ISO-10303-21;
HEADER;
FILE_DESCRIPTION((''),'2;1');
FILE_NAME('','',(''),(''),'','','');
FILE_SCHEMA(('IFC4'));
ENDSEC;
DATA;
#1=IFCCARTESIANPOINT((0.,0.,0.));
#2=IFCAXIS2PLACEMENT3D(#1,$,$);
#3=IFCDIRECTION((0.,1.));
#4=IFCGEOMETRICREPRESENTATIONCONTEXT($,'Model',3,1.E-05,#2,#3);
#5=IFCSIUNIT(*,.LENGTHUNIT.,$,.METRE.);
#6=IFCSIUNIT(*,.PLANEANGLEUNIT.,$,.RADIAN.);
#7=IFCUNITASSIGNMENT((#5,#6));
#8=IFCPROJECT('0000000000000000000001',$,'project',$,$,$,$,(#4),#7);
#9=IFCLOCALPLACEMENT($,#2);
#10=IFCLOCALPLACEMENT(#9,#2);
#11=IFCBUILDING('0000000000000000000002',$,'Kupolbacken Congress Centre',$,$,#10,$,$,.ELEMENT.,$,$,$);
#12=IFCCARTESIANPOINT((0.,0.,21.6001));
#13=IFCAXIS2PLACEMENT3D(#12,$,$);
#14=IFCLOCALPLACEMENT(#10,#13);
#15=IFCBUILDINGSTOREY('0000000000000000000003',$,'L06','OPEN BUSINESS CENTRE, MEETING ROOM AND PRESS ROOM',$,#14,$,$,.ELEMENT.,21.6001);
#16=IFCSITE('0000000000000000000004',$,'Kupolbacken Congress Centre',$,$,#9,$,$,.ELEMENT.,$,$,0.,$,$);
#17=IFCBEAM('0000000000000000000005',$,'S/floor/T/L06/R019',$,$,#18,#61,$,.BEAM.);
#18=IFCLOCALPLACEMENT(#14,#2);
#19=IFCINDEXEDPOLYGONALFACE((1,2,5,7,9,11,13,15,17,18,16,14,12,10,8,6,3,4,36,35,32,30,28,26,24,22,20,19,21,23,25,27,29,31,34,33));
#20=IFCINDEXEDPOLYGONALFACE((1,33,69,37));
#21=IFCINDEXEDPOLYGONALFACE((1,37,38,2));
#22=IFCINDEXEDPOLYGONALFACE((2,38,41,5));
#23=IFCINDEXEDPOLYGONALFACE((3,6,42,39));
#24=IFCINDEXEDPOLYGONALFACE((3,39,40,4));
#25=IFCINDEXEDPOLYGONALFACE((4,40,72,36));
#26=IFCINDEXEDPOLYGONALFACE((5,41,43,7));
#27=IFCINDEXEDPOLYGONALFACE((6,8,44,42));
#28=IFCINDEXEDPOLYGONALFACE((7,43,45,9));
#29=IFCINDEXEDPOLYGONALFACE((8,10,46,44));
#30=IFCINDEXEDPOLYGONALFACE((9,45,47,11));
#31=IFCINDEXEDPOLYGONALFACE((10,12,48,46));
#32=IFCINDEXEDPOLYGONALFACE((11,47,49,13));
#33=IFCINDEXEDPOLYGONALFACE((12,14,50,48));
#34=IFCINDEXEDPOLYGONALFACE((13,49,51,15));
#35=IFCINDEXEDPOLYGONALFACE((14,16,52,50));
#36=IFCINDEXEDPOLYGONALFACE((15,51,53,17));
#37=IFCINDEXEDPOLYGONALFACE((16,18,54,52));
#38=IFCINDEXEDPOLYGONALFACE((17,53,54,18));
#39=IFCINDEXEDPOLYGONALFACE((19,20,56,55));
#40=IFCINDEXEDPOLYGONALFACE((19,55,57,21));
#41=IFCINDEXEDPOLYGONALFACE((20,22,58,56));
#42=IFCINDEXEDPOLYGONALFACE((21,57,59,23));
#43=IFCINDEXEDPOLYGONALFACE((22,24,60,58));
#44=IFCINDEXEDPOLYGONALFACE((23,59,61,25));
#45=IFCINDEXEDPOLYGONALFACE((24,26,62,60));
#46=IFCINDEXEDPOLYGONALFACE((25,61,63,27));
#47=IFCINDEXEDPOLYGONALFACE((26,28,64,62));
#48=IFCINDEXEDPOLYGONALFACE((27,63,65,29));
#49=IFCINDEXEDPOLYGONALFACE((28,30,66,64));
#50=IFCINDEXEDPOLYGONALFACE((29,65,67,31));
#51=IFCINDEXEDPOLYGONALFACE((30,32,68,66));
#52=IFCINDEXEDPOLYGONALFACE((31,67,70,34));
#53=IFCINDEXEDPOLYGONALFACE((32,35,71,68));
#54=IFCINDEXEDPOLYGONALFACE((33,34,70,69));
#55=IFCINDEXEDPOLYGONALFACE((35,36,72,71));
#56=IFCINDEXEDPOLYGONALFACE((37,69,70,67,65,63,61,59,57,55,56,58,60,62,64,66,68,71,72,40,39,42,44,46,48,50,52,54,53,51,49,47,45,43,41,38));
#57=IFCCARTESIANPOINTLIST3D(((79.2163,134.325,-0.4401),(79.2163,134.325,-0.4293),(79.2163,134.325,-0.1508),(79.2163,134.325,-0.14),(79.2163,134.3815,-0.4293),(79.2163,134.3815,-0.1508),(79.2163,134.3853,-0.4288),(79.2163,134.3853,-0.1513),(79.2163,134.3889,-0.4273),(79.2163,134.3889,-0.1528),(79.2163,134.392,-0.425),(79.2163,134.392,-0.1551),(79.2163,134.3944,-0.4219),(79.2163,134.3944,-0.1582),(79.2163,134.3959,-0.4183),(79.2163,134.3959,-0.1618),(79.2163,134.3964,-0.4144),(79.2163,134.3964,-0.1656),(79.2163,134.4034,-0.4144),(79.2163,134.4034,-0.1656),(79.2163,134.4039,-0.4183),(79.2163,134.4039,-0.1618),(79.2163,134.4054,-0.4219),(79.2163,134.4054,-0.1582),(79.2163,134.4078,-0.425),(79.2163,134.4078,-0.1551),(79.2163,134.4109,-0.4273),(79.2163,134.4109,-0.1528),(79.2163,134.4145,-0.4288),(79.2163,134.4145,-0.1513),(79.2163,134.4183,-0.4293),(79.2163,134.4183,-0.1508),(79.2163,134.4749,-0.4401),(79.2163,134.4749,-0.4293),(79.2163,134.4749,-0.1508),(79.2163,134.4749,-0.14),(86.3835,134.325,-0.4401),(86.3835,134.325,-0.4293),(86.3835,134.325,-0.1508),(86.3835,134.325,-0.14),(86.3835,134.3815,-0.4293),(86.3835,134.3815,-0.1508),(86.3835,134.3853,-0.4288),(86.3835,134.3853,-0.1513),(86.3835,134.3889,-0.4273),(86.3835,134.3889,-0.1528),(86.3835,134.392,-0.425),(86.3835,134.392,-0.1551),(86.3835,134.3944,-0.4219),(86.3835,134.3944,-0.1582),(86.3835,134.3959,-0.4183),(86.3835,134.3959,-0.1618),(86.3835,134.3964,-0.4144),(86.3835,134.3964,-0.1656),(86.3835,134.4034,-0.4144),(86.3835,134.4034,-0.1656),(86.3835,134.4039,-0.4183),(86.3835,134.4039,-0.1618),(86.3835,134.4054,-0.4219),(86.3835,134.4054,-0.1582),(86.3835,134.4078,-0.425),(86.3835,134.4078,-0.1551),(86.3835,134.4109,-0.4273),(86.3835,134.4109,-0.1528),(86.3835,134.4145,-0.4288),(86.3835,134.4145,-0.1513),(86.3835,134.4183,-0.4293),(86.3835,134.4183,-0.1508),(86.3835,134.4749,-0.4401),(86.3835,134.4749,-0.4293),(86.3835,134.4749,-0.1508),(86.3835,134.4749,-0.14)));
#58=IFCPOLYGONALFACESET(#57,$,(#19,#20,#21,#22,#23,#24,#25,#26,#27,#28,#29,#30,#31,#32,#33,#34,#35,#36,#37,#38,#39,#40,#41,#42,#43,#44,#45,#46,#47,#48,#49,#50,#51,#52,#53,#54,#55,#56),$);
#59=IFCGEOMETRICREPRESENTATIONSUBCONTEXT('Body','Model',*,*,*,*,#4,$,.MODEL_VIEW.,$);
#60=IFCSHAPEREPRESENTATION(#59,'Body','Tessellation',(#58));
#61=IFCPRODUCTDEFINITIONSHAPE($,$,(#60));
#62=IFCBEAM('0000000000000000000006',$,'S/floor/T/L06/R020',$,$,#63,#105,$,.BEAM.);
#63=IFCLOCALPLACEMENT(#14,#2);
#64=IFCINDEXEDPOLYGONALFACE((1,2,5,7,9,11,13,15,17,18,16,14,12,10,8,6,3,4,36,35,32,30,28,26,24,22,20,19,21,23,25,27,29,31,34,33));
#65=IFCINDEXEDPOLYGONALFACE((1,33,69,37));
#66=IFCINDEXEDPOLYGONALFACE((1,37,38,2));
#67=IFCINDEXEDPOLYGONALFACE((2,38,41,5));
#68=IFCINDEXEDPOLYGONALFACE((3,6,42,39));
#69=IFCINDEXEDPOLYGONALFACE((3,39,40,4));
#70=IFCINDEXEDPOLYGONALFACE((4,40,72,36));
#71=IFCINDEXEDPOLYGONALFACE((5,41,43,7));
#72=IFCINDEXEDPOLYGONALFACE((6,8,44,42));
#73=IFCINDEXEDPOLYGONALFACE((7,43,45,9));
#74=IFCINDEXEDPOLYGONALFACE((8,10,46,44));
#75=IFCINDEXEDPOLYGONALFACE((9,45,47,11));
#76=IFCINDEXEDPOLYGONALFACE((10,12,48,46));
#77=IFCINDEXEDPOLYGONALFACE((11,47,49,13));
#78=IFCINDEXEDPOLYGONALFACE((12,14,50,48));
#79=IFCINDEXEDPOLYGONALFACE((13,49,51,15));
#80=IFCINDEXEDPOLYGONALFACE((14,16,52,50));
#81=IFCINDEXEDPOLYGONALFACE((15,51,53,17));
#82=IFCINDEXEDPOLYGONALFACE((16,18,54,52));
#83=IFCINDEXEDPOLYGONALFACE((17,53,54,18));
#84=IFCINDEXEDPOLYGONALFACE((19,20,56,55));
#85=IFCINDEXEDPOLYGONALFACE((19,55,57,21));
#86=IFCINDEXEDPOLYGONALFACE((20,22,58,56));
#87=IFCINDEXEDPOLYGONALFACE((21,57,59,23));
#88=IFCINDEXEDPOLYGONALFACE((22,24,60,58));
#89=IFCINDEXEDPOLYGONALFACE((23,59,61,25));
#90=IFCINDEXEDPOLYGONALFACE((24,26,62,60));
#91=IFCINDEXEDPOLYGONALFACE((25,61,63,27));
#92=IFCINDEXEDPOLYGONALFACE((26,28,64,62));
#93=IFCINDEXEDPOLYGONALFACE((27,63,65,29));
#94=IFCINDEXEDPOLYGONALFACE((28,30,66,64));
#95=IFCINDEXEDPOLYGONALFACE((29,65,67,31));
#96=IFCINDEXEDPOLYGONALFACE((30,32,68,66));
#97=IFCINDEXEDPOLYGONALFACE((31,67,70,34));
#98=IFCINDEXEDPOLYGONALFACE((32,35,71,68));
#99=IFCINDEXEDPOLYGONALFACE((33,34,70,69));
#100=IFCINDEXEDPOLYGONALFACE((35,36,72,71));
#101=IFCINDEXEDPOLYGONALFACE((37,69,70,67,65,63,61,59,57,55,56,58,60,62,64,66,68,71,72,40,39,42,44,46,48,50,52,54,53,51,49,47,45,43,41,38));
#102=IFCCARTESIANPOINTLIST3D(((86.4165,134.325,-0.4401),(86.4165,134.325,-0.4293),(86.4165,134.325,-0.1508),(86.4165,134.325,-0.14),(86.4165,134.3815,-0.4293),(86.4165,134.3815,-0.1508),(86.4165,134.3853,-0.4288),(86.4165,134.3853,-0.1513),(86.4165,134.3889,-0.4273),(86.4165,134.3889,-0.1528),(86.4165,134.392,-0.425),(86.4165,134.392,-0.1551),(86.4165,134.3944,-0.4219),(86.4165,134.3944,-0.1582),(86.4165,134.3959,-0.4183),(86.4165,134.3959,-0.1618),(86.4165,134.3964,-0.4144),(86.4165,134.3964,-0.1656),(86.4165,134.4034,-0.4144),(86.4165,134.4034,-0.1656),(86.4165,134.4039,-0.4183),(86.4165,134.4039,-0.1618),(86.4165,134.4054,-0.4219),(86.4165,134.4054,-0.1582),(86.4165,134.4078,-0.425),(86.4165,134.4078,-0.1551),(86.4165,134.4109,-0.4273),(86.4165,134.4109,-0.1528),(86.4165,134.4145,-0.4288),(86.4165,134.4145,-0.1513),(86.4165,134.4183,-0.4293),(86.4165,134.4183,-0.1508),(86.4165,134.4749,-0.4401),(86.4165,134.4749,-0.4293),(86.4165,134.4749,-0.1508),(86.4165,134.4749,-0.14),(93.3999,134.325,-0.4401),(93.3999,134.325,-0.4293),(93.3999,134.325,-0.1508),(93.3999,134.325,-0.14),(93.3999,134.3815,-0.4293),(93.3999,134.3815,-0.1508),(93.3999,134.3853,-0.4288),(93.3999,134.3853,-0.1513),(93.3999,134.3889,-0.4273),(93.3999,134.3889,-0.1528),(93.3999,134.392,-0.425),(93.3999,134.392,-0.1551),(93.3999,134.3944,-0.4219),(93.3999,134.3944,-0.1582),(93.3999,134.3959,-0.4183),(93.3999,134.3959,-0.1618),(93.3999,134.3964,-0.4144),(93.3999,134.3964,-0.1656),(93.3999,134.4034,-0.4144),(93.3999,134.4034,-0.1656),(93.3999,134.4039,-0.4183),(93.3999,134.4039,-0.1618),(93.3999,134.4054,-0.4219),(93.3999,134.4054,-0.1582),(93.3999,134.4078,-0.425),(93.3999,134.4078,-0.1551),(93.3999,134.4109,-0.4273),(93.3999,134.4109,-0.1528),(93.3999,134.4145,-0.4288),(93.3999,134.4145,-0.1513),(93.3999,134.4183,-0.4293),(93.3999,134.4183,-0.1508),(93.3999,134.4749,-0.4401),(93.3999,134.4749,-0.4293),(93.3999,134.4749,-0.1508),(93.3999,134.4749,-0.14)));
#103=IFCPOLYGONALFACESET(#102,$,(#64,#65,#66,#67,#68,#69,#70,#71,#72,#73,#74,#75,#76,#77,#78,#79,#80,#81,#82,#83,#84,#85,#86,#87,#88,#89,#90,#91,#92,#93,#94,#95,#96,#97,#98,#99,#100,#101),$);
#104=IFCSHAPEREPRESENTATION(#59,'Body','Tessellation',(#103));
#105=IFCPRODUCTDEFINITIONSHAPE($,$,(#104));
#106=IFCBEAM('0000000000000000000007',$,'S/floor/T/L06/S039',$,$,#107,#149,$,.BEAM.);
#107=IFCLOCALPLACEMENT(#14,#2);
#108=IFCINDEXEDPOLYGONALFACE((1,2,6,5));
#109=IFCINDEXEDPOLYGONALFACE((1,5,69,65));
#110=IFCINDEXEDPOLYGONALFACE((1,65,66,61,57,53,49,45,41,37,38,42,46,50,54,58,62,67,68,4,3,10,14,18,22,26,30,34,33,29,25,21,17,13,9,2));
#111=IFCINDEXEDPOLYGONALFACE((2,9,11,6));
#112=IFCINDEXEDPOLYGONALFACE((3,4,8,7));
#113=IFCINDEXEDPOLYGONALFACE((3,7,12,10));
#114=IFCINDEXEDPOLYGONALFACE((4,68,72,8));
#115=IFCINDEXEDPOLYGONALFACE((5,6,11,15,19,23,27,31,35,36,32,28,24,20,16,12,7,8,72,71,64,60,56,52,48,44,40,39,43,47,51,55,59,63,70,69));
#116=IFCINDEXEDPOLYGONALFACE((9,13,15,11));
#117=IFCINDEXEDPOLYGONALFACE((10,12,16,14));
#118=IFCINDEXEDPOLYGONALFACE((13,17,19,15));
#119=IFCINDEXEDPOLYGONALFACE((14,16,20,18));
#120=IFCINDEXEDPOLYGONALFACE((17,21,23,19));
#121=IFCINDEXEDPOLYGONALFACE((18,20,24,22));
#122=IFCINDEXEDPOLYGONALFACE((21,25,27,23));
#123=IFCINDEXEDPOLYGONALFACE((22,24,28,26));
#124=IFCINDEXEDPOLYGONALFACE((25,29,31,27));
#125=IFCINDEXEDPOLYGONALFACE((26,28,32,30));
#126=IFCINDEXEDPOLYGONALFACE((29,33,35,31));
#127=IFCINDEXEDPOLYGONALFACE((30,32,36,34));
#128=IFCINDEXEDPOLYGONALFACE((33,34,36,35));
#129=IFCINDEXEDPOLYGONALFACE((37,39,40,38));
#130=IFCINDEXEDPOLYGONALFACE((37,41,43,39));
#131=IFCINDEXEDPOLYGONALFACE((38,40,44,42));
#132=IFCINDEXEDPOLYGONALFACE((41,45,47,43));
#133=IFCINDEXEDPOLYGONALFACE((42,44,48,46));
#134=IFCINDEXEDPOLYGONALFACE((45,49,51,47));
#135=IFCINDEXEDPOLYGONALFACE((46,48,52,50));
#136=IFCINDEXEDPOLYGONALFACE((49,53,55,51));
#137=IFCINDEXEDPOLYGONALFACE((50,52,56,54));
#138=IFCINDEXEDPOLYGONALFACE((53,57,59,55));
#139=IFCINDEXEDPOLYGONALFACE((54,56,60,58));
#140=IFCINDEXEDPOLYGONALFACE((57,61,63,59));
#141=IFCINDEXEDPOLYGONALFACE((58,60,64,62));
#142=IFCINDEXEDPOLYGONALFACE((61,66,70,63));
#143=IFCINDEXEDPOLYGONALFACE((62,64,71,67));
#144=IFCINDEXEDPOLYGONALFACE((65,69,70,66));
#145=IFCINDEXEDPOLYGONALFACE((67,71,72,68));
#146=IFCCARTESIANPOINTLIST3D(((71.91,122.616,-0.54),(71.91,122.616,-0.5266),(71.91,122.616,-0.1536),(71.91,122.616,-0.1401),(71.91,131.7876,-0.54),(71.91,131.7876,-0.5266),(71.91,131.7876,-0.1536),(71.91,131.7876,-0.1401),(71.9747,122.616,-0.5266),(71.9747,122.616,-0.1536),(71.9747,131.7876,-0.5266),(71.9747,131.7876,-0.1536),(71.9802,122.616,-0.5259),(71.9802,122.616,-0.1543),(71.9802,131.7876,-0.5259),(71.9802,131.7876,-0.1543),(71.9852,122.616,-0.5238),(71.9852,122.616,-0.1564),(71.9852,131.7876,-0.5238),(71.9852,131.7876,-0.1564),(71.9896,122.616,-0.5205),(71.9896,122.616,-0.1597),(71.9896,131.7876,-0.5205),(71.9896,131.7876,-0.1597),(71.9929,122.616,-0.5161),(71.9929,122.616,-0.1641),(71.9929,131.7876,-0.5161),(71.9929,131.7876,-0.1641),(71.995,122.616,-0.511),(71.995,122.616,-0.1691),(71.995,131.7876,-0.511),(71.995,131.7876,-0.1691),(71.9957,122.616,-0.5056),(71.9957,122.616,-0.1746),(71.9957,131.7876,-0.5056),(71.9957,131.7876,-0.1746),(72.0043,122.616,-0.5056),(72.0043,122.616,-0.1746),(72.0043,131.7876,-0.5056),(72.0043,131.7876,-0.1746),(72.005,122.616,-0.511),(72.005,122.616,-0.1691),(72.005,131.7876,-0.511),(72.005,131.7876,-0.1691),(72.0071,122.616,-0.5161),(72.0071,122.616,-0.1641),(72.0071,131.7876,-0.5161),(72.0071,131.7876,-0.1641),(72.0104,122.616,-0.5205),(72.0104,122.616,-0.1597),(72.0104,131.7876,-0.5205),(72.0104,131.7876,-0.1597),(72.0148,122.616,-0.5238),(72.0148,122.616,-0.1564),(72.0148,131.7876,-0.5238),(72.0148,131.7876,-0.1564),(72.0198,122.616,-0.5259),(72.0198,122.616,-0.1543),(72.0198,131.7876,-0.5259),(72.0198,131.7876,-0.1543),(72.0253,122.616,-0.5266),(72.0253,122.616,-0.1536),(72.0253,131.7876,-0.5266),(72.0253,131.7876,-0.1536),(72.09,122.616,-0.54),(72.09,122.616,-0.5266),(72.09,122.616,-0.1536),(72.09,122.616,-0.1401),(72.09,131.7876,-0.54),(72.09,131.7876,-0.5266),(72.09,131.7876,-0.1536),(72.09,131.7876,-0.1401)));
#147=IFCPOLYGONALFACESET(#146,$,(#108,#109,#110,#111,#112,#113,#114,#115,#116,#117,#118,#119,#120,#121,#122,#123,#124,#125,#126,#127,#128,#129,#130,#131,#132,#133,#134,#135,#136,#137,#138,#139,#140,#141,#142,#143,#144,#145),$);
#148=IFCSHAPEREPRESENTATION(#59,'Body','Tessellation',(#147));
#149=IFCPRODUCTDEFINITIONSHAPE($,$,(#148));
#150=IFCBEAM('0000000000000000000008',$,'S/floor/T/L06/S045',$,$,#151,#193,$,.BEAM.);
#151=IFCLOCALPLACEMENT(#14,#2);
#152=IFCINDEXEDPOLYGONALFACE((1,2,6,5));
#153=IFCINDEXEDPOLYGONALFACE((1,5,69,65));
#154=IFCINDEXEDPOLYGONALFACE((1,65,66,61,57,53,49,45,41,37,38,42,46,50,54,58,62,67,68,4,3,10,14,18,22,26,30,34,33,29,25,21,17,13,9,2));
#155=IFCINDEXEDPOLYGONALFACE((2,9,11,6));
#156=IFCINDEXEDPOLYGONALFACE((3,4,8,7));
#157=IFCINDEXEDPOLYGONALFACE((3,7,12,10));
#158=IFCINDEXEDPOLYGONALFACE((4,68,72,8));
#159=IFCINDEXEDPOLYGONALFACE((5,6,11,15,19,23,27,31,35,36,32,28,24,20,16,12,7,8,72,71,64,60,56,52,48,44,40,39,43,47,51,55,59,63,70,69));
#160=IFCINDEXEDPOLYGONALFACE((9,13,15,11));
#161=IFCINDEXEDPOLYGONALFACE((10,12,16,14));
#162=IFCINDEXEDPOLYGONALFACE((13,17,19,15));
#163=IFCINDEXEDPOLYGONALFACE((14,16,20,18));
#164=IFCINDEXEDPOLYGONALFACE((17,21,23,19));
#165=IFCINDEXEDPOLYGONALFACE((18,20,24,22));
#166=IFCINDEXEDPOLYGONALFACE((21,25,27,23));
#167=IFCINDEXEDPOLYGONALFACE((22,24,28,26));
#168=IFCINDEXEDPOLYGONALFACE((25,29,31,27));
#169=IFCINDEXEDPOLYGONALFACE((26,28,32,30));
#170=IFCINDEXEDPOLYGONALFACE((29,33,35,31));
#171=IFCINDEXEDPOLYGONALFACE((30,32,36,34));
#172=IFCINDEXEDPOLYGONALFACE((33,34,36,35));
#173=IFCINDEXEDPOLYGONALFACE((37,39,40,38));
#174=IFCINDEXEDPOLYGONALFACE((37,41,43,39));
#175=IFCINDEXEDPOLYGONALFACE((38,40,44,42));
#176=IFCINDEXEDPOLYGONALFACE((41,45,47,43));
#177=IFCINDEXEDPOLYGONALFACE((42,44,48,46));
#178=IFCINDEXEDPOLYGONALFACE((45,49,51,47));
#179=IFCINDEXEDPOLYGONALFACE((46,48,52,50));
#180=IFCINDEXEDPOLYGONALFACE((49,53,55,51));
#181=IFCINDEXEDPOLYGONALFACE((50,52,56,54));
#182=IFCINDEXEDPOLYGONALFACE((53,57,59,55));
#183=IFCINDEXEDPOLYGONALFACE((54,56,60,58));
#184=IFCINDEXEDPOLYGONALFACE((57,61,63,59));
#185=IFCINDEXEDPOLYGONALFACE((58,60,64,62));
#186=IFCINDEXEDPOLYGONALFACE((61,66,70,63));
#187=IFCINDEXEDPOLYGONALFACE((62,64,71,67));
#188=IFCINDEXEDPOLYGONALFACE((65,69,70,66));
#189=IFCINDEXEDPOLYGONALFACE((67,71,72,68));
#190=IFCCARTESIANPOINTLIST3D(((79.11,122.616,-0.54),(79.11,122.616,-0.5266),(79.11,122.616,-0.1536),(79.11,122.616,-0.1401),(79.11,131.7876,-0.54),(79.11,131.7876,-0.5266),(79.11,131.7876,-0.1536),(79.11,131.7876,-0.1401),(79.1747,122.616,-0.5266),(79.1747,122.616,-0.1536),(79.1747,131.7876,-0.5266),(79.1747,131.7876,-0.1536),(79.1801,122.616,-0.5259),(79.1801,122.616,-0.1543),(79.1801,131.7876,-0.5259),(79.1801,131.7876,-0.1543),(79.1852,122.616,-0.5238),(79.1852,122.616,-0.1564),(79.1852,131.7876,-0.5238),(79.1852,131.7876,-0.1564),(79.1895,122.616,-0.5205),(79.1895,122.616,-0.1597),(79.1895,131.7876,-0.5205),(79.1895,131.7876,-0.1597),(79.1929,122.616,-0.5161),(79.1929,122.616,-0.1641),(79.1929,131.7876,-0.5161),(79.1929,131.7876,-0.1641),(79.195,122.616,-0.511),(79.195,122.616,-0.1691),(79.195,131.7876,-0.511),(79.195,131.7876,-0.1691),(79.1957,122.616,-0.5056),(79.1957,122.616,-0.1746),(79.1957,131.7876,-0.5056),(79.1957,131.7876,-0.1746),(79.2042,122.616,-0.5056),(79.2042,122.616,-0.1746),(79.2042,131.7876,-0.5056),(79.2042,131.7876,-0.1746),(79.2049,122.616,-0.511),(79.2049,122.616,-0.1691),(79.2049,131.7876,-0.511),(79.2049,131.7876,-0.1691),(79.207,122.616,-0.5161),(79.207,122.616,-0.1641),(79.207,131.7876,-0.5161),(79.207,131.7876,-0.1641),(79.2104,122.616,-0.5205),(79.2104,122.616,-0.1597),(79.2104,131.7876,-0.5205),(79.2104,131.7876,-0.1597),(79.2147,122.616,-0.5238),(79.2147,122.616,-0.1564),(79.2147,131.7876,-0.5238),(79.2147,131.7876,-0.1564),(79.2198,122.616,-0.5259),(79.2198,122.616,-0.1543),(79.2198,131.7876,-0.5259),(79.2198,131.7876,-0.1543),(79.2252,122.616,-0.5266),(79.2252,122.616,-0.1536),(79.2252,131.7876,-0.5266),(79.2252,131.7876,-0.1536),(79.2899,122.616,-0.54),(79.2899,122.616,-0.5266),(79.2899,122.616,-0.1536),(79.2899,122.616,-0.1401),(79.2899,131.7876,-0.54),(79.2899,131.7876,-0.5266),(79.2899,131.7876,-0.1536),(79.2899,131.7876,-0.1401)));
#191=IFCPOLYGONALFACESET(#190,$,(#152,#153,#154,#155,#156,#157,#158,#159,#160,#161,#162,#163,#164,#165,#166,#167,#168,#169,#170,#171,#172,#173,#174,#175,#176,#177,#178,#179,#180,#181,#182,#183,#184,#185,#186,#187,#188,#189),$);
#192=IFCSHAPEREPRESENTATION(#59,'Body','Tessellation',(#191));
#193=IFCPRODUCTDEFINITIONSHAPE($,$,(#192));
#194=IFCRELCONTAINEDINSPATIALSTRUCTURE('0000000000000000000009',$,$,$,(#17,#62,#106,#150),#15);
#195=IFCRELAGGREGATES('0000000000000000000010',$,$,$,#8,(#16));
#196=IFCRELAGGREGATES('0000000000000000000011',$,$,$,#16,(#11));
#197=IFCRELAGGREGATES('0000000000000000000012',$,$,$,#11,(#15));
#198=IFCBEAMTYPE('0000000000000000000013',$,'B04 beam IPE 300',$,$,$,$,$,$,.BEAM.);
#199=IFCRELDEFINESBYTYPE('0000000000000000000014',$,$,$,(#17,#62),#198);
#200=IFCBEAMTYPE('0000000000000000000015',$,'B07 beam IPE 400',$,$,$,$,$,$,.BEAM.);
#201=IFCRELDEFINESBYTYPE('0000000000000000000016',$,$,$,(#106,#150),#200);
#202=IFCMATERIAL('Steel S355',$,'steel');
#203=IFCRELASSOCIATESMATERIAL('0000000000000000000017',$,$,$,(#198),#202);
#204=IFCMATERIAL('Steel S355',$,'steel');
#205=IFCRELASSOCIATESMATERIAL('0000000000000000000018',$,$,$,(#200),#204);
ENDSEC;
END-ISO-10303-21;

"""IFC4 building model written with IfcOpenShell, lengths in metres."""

from ifc_helpers import new_model, si_unit, direction, frame, origin, origin_2d, place, context, subcontext, project, spatial, i_section, extrude, material, material_profile, profile_set, type_object, element, save


model = new_model("IFC4")

# Units and contexts
model_context = context("Model", 3, precision=1e-05, world=origin(), true_north=direction((0.0, 1.0)))
body_context = subcontext(model_context, "Body", "Model", "MODEL_VIEW")
ifc_project = project(units=[si_unit("LENGTHUNIT", "METRE"), si_unit("PLANEANGLEUNIT", "RADIAN")], contexts=[model_context])

# Site, building, storey
site_placement = place(None, origin())
site = spatial("IfcSite", under=ifc_project, at=site_placement, Name="Kupolbacken Congress Centre", CompositionType="ELEMENT", RefElevation=0.0)
building_placement = place(site_placement, origin())
building = spatial("IfcBuilding", under=site, at=building_placement, Name="Kupolbacken Congress Centre", CompositionType="ELEMENT")
storey_placement = place(building_placement, frame((0.0, 0.0, 21.6001)))
storey = spatial("IfcBuildingStorey", under=building, at=storey_placement, Name="L06", Description="OPEN BUSINESS CENTRE, MEETING ROOM AND PRESS ROOM", CompositionType="ELEMENT", Elevation=21.6001)

# Beams
ifc_material_1 = material(Name="Steel S355", Category="steel")
ifc_material_profile_1 = material_profile(ifc_material_1, i_section(OverallWidth=0.1499, OverallDepth=0.3, WebThickness=0.0071, FlangeThickness=0.0107, FilletRadius=0.0149, at=origin_2d()), Name="IPE 300")
ifc_profile_set_1 = profile_set([ifc_material_profile_1], Name="Steel S355")
beam_type_1 = type_object("IfcBeamType", Name="B04 beam IPE 300", PredefinedType="BEAM", material=ifc_profile_set_1)
for number, where, z_axis, x_axis, name in (
    (1, (79.2163, 134.3999, -0.29), (1.0, 0.0, 0.0), (0.0, 1.0, 0.0), "S/floor/T/L06/R019"),
):
    element("IfcBeam", number, at=place(storey_placement, frame(where, z_axis=z_axis, x_axis=x_axis)), inside=storey, type_object=beam_type_1, Name=name, PredefinedType="BEAM", context=body_context, shape_type="SweptSolid", body=[
        extrude(i_section(OverallWidth=0.1499, OverallDepth=0.3, WebThickness=0.0071, FlangeThickness=0.0107, FilletRadius=0.0149, at=origin_2d()), origin(), (0.0, 0.0, 1.0), 7.1672),
    ])
beam_1_placement = place(storey_placement, frame((86.4165, 134.3999, -0.29), z_axis=(1.0, 0.0, 0.0), x_axis=(0.0, 1.0, 0.0)))
element("IfcBeam", 2, at=beam_1_placement, inside=storey, type_object=beam_type_1, Name="S/floor/T/L06/R020", PredefinedType="BEAM", context=body_context, shape_type="SweptSolid", body=[
    extrude(i_section(OverallWidth=0.1499, OverallDepth=0.3, WebThickness=0.0071, FlangeThickness=0.0107, FilletRadius=0.0149, at=origin_2d()), origin(), (0.0, 0.0, 1.0), 6.9834),
])
ifc_material_2 = material(Name="Steel S355", Category="steel")
ifc_material_profile_2 = material_profile(ifc_material_2, i_section(OverallWidth=0.1799, OverallDepth=0.3999, WebThickness=0.0085, FlangeThickness=0.0134, FilletRadius=0.021, at=origin_2d()), Name="IPE 400")
ifc_profile_set_2 = profile_set([ifc_material_profile_2], Name="Steel S355")
beam_type_2 = type_object("IfcBeamType", Name="B07 beam IPE 400", PredefinedType="BEAM", material=ifc_profile_set_2)
for number, where, z_axis, x_axis, name in (
    (3, (72.0, 122.616, -0.3401), (0.0, 1.0, 0.0), (-1.0, 0.0, 0.0), "S/floor/T/L06/S039"),
    (4, (79.2, 122.616, -0.3401), (0.0, 1.0, 0.0), (-1.0, 0.0, 0.0), "S/floor/T/L06/S045"),
):
    element("IfcBeam", number, at=place(storey_placement, frame(where, z_axis=z_axis, x_axis=x_axis)), inside=storey, type_object=beam_type_2, Name=name, PredefinedType="BEAM", context=body_context, shape_type="SweptSolid", body=[
        extrude(i_section(OverallWidth=0.1799, OverallDepth=0.3999, WebThickness=0.0085, FlangeThickness=0.0134, FilletRadius=0.021, at=origin_2d()), origin(), (0.0, 0.0, 1.0), 9.1716),
    ])

save(model, "model.ifc")
